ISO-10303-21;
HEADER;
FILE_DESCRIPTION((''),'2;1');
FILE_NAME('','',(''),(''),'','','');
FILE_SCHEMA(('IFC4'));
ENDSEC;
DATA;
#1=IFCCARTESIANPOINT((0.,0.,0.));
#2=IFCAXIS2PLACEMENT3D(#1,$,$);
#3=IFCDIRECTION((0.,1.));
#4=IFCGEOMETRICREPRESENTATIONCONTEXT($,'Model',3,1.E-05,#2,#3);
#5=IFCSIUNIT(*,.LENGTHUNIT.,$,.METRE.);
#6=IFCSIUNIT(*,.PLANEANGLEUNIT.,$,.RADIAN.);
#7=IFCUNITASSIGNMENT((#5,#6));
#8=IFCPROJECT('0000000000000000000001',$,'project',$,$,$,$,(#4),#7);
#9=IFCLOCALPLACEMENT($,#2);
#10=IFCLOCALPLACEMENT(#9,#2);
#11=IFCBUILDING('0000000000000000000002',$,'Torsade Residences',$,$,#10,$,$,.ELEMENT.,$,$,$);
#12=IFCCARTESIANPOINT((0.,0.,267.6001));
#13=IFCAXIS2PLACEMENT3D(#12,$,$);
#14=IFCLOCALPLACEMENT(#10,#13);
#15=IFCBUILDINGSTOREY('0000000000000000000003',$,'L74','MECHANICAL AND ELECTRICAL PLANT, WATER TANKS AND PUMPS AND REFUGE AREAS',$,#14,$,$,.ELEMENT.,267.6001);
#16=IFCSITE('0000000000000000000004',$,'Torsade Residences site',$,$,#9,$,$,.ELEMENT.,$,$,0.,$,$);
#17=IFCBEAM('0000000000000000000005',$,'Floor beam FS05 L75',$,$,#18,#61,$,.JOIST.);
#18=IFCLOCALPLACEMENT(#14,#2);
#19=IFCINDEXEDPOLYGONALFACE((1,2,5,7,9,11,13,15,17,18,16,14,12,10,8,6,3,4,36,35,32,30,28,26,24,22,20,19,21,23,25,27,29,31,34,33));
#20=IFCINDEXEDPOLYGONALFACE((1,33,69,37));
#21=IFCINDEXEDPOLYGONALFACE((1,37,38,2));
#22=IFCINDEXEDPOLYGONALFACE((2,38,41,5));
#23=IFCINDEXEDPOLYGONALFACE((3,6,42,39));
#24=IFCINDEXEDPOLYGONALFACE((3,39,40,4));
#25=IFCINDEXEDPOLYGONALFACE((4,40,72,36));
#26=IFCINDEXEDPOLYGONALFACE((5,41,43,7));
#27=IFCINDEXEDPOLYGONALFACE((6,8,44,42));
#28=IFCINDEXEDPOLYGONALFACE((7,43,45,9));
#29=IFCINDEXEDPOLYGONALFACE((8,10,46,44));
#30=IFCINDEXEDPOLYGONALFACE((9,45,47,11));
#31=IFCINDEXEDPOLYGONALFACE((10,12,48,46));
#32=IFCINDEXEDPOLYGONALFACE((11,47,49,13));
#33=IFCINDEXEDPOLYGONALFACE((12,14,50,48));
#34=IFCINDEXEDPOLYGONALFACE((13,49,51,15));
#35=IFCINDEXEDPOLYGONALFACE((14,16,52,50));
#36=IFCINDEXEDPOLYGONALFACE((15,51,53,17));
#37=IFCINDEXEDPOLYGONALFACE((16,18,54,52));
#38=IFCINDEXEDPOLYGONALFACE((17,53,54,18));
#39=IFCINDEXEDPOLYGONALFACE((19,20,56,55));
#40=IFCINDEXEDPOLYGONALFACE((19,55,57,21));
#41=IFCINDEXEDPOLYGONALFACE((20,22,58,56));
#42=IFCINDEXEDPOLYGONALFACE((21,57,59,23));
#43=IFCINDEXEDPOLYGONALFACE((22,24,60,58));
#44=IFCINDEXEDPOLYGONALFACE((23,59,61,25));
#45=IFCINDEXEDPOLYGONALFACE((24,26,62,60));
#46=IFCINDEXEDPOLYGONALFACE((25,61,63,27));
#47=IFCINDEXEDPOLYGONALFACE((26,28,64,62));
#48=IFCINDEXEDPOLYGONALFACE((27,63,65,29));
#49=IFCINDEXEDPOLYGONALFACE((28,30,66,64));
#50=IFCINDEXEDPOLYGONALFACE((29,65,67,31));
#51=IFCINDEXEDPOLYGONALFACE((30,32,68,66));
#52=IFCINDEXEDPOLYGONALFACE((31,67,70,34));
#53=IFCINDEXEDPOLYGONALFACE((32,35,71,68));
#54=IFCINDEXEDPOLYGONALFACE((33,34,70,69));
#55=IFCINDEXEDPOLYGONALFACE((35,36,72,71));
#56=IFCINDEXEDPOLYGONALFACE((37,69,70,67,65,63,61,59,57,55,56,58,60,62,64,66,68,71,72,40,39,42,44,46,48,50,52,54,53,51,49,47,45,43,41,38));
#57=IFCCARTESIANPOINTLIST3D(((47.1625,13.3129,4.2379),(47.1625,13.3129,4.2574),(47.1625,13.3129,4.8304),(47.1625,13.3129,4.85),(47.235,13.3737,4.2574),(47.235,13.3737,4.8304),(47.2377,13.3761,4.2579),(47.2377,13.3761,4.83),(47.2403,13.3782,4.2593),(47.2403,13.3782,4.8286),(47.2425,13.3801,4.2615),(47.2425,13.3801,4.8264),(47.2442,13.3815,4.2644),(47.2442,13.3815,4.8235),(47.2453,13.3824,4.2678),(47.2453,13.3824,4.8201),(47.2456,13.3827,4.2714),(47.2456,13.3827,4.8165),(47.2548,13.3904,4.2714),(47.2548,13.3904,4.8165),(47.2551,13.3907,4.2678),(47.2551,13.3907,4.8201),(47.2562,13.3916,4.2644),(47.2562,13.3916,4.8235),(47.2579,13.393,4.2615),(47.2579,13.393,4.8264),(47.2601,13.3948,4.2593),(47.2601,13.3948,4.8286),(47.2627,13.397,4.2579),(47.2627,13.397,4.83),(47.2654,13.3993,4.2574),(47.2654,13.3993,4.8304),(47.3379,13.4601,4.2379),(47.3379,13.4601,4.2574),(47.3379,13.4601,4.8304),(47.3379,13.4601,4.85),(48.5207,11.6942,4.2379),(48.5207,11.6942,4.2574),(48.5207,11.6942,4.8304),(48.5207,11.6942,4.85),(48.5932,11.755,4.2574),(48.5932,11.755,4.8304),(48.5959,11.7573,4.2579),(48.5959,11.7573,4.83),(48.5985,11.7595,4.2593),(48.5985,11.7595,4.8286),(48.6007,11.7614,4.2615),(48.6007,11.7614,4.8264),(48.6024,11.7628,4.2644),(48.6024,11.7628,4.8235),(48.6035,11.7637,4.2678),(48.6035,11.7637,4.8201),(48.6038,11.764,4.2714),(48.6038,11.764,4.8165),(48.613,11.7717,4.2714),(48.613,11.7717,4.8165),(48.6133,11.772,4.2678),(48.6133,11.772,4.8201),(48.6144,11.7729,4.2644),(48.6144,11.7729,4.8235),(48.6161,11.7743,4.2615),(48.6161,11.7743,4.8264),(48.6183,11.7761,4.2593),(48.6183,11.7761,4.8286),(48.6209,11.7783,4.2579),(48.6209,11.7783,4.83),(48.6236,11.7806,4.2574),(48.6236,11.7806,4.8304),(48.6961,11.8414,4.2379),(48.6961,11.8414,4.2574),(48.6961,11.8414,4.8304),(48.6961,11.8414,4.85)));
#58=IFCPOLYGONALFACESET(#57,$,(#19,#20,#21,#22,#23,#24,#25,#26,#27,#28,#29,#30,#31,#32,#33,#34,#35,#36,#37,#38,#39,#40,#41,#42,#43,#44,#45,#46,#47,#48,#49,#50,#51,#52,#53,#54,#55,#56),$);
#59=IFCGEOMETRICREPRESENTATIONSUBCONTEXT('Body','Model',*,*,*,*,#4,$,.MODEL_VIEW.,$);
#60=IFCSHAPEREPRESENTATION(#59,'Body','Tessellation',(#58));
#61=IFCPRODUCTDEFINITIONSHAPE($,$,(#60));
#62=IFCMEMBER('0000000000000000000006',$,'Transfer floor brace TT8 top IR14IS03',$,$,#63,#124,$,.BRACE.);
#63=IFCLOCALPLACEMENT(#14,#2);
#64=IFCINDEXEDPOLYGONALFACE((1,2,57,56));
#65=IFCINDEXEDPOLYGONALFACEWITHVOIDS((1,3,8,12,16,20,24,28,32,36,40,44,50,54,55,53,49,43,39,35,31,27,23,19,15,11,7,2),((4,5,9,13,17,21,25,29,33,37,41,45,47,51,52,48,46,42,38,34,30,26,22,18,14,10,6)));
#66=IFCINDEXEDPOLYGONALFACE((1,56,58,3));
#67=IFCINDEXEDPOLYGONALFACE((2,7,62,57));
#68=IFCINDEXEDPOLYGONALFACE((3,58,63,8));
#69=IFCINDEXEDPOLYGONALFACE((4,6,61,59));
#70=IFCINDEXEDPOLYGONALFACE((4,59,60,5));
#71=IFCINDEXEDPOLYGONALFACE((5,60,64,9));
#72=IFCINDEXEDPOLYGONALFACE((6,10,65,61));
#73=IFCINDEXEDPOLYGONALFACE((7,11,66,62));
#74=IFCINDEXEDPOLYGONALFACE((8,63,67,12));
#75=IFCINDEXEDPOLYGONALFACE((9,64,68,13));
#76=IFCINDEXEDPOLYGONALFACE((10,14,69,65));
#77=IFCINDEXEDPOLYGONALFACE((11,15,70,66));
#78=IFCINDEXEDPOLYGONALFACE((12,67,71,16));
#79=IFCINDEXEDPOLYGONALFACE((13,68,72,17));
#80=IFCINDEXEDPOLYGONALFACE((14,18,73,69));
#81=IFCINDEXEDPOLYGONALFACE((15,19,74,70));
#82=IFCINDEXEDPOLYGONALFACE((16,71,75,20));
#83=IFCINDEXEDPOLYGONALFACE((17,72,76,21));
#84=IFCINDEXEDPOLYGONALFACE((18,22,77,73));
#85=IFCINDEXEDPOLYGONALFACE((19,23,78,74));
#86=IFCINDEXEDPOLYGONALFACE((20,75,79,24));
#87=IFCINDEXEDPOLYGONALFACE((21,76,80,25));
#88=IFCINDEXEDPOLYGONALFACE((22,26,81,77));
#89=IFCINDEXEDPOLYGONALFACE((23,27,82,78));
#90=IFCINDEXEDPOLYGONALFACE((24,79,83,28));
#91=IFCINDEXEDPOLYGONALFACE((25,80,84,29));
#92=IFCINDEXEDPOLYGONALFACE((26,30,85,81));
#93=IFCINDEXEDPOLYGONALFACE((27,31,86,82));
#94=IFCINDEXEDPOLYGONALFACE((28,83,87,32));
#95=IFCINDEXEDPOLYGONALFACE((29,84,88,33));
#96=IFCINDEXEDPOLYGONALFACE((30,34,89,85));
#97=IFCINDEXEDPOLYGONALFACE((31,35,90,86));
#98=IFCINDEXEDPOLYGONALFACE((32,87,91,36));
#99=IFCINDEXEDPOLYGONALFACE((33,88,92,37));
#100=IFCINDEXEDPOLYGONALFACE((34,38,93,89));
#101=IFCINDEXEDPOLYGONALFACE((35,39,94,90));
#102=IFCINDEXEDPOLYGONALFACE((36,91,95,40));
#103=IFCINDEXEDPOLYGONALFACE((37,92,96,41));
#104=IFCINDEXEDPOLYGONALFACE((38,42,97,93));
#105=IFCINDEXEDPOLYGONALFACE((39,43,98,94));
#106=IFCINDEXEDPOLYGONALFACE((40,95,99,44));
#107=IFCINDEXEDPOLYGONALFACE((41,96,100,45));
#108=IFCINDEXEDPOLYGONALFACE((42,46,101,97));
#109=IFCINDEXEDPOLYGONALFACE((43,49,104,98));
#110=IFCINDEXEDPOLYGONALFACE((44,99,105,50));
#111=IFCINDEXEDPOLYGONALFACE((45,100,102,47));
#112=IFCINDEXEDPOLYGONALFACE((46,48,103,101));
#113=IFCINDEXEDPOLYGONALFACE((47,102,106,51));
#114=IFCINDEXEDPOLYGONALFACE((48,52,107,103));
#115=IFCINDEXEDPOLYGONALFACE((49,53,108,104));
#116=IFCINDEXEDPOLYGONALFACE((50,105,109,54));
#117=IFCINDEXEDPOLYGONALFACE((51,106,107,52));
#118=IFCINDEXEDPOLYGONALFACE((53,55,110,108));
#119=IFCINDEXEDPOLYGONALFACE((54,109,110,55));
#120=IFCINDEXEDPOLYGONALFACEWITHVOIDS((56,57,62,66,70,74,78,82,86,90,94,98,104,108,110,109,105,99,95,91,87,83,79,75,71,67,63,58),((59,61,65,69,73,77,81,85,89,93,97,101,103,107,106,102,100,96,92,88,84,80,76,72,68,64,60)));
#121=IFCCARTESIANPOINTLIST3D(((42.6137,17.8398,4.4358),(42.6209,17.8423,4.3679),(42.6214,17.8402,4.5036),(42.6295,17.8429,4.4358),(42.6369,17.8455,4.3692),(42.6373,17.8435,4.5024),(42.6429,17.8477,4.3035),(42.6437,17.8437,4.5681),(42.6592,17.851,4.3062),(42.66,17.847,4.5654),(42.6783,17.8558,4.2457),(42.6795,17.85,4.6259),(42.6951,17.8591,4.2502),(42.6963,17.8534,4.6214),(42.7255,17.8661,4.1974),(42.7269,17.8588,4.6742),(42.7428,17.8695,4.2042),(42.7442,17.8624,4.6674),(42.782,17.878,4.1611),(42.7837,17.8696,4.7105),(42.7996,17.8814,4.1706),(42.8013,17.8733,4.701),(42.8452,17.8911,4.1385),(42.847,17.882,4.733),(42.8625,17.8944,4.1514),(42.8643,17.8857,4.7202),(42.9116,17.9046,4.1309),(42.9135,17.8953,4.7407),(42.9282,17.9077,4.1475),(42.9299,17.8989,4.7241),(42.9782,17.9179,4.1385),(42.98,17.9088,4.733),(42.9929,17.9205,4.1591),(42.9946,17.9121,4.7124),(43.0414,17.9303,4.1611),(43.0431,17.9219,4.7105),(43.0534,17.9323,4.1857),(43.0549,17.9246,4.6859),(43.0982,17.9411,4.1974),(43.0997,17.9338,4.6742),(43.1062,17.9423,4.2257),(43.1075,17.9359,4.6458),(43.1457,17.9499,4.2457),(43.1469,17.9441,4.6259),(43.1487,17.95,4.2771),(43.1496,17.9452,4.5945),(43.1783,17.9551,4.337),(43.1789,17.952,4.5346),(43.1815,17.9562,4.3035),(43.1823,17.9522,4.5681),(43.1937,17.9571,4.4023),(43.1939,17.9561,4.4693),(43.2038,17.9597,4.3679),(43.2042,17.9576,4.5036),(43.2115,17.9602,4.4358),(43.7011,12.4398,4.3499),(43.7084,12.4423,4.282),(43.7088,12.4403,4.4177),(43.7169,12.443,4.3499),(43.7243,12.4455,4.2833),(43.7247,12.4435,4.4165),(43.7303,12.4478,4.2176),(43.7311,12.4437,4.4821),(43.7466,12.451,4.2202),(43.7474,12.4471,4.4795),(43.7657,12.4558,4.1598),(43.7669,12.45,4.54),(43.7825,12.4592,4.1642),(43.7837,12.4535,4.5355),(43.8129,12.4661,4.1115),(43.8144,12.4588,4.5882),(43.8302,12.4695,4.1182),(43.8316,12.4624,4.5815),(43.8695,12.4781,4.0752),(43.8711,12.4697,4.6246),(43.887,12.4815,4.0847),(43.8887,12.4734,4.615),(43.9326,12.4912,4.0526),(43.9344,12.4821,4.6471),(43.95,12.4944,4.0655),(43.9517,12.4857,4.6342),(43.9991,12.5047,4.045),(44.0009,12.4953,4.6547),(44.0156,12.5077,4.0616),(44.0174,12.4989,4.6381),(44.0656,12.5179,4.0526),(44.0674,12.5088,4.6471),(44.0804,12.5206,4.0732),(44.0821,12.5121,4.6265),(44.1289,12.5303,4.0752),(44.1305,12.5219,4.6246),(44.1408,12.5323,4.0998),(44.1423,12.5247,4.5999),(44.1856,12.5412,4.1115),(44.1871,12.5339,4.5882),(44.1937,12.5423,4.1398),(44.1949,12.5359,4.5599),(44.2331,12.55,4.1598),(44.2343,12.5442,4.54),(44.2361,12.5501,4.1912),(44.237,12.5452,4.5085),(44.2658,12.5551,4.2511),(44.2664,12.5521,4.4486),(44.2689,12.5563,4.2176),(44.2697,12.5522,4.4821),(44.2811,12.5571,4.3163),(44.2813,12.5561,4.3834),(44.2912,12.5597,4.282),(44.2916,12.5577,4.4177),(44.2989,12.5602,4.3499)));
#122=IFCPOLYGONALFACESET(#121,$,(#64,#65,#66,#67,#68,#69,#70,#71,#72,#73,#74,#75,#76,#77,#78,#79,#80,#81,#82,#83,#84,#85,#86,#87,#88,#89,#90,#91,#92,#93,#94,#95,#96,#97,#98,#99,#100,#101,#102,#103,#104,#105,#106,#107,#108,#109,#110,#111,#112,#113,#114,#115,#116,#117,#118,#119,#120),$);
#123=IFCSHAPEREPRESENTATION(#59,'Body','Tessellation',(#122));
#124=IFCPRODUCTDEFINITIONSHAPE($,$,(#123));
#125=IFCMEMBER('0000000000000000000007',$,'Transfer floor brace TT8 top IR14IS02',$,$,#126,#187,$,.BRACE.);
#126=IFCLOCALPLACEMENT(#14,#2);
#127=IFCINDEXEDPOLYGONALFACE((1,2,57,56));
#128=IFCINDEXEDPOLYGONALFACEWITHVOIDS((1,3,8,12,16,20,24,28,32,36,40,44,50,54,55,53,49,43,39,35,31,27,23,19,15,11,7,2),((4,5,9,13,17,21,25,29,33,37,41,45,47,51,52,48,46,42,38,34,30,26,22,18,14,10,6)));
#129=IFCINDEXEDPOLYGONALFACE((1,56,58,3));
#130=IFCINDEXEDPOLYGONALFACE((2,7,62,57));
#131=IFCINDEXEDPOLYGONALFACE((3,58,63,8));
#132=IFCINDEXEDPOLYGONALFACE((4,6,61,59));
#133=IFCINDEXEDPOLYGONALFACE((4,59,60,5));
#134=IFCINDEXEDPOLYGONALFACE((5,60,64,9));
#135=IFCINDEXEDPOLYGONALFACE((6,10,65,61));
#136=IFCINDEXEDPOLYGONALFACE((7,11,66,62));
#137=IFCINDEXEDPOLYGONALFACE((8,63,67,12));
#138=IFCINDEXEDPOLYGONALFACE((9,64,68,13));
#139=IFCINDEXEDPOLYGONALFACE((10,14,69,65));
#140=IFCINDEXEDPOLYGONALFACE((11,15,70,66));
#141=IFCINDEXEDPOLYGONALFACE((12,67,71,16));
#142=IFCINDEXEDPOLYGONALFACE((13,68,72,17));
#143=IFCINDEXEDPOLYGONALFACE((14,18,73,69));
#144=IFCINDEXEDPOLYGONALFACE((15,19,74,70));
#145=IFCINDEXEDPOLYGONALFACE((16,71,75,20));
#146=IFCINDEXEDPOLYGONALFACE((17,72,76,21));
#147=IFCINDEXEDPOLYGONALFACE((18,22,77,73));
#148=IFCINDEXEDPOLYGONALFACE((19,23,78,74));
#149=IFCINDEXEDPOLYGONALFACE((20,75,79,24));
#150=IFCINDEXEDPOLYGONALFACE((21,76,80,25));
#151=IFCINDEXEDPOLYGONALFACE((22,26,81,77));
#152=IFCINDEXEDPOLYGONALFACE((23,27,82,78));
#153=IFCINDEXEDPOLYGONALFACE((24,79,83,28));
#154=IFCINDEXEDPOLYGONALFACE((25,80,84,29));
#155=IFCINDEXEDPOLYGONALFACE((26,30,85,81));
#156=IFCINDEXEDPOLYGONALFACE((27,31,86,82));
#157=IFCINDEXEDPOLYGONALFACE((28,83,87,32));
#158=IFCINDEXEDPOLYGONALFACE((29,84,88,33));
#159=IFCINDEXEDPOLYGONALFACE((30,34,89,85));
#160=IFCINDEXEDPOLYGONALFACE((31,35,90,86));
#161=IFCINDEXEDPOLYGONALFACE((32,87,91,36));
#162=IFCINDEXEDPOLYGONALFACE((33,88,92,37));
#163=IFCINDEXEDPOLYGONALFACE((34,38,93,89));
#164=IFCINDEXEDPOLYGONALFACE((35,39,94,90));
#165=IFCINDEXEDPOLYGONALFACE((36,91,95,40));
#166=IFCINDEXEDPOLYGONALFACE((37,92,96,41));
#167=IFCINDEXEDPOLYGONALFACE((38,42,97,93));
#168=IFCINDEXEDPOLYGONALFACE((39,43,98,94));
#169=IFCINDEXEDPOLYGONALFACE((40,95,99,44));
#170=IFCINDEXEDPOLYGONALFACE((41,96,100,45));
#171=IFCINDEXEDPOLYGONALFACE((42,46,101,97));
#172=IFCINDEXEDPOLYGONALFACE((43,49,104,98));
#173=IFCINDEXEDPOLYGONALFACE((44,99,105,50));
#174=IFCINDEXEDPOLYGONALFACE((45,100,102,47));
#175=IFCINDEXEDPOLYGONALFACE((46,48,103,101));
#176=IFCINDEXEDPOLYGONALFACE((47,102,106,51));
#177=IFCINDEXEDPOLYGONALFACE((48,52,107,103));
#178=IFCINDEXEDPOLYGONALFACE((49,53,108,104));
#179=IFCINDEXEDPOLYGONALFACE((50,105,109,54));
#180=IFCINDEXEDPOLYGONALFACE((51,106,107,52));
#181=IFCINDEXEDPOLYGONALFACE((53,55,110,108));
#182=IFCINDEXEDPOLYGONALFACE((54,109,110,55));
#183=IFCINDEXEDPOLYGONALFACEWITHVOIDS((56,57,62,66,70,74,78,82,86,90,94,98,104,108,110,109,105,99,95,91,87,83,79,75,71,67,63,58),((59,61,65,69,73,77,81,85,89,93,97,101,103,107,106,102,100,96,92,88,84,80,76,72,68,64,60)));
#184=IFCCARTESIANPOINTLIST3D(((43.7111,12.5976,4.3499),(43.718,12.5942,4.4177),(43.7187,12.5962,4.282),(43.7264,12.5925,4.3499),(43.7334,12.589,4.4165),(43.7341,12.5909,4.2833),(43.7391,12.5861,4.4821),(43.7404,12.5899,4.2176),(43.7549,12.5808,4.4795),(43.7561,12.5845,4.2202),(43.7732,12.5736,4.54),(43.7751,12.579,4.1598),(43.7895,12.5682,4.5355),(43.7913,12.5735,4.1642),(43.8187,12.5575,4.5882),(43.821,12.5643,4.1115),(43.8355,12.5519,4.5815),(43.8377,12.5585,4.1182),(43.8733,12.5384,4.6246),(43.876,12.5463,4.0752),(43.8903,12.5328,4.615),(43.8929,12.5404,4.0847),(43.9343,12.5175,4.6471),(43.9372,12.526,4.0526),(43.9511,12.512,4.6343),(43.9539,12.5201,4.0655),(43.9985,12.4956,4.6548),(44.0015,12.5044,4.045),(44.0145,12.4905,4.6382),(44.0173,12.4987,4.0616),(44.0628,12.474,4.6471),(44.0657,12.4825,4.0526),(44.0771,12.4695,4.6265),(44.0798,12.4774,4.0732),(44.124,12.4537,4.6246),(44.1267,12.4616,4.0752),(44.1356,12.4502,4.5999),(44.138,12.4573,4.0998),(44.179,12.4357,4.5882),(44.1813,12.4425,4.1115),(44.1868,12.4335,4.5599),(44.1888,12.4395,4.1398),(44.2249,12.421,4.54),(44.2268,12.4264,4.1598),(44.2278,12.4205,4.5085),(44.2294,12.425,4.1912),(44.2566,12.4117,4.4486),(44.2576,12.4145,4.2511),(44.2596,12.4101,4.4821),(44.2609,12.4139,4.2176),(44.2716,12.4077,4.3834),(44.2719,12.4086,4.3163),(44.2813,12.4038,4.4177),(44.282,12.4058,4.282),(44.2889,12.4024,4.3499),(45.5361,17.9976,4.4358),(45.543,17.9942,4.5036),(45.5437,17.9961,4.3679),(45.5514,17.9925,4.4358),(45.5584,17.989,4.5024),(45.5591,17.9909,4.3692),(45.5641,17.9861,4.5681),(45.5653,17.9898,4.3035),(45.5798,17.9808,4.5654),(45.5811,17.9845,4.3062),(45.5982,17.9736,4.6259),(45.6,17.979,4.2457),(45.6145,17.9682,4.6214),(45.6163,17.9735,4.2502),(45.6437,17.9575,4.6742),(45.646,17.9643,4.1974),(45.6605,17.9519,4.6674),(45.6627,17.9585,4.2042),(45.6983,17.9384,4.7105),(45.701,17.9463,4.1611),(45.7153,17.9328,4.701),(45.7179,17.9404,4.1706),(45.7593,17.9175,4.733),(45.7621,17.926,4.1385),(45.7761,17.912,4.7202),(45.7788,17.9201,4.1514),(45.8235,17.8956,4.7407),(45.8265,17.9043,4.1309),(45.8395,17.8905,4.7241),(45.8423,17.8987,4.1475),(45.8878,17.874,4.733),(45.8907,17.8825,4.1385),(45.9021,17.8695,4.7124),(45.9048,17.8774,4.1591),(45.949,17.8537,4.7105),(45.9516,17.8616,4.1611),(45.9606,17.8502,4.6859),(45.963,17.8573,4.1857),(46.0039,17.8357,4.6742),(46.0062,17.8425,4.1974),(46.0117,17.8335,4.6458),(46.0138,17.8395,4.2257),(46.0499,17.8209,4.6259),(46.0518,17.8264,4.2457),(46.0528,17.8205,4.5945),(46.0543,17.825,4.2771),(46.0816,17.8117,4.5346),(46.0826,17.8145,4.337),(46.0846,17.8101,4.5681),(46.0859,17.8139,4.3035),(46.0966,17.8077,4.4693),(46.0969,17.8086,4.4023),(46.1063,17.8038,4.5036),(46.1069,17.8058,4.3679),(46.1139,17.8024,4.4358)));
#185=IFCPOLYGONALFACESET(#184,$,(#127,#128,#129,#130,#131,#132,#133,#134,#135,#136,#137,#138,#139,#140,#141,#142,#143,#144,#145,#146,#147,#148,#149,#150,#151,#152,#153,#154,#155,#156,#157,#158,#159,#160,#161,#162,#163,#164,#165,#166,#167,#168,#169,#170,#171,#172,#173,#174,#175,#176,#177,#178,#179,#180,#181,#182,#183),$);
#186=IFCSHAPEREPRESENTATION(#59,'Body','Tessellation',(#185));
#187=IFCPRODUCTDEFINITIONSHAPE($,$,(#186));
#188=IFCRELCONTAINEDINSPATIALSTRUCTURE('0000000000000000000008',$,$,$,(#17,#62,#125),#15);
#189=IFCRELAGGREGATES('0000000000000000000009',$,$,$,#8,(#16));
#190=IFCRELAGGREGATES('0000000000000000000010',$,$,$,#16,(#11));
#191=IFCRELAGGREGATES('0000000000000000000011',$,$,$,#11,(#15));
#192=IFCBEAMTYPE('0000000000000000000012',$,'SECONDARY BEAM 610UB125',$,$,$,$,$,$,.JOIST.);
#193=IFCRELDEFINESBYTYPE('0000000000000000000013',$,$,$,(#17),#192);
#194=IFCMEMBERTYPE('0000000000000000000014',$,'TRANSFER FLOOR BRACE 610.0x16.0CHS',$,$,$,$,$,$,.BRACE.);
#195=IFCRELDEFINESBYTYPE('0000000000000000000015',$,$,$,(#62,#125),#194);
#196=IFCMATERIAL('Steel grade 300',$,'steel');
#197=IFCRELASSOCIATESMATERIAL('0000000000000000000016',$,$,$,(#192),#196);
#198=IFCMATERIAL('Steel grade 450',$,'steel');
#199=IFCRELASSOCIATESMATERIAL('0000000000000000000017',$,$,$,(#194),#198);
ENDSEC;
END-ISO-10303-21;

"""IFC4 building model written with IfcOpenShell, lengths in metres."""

from ifc_helpers import new_model, si_unit, direction, frame, origin, origin_2d, place, context, subcontext, project, spatial, hollow_circle, i_section, extrude, material, material_profile, profile_set, type_object, element, save


model = new_model("IFC4")

# Units and contexts
model_context = context("Model", 3, precision=1e-05, world=origin(), true_north=direction((0.0, 1.0)))
body_context = subcontext(model_context, "Body", "Model", "MODEL_VIEW")
ifc_project = project(units=[si_unit("LENGTHUNIT", "METRE"), si_unit("PLANEANGLEUNIT", "RADIAN")], contexts=[model_context])

# Site, building, storey
site_placement = place(None, origin())
site = spatial("IfcSite", under=ifc_project, at=site_placement, Name="Torsade Residences site", CompositionType="ELEMENT", RefElevation=0.0)
building_placement = place(site_placement, origin())
building = spatial("IfcBuilding", under=site, at=building_placement, Name="Torsade Residences", CompositionType="ELEMENT")
storey_placement = place(building_placement, frame((0.0, 0.0, 267.6001)))
storey = spatial("IfcBuildingStorey", under=building, at=storey_placement, Name="L74", Description="MECHANICAL AND ELECTRICAL PLANT, WATER TANKS AND PUMPS AND REFUGE AREAS", CompositionType="ELEMENT", Elevation=267.6001)

# Beam
ifc_material_1 = material(Name="Steel grade 300", Category="steel")
ifc_material_profile_1 = material_profile(ifc_material_1, i_section(OverallWidth=0.229, OverallDepth=0.6121, WebThickness=0.012, FlangeThickness=0.0195, FilletRadius=0.0139, at=origin_2d()), Name="610UB125")
ifc_profile_set_1 = profile_set([ifc_material_profile_1], Name="Steel grade 300")
beam_type_1 = type_object("IfcBeamType", Name="SECONDARY BEAM 610UB125", PredefinedType="JOIST", material=ifc_profile_set_1)
beam_1_placement = place(storey_placement, frame((48.6084, 11.7678, 4.5439), z_axis=(-0.642772, 0.766058, 0.0), x_axis=(-0.766058, -0.642772, 0.0)))
element("IfcBeam", 1, at=beam_1_placement, inside=storey, type_object=beam_type_1, Name="Floor beam FS05 L75", PredefinedType="JOIST", context=body_context, shape_type="SweptSolid", body=[
    extrude(i_section(OverallWidth=0.229, OverallDepth=0.6121, WebThickness=0.012, FlangeThickness=0.0195, FilletRadius=0.0139, at=origin_2d()), origin(), (0.0, 0.0, 1.0), 2.113),
])

# Members
ifc_material_2 = material(Name="Steel grade 450", Category="steel")
ifc_material_profile_2 = material_profile(ifc_material_2, hollow_circle(Radius=0.3049, WallThickness=0.0161, at=origin_2d()), Name="610.0x16.0CHS")
ifc_profile_set_2 = profile_set([ifc_material_profile_2], Name="Steel grade 450")
member_type_1 = type_object("IfcMemberType", Name="TRANSFER FLOOR BRACE 610.0x16.0CHS", PredefinedType="BRACE", material=ifc_profile_set_2)
member_1_placement = place(storey_placement, frame((44.0, 12.5, 4.3499), z_axis=(-0.197388, 0.980201, 0.0156), x_axis=(-0.980321, -0.197412, 0.0)))
element("IfcMember", 2, at=member_1_placement, inside=storey, type_object=member_type_1, Name="Transfer floor brace TT8 top IR14IS03", PredefinedType="BRACE", context=body_context, shape_type="SweptSolid", body=[
    extrude(hollow_circle(Radius=0.3049, WallThickness=0.0161, at=origin_2d()), origin(), (0.0, 0.0, 1.0), 5.509),
])
member_2_placement = place(storey_placement, frame((44.0, 12.5, 4.3499), z_axis=(0.320133, 0.947252, 0.015075), x_axis=(-0.94736, 0.32017, 0.0)))
element("IfcMember", 3, at=member_2_placement, inside=storey, type_object=member_type_1, Name="Transfer floor brace TT8 top IR14IS02", PredefinedType="BRACE", context=body_context, shape_type="SweptSolid", body=[
    extrude(hollow_circle(Radius=0.3049, WallThickness=0.0161, at=origin_2d()), origin(), (0.0, 0.0, 1.0), 5.7007),
])

save(model, "model.ifc")
